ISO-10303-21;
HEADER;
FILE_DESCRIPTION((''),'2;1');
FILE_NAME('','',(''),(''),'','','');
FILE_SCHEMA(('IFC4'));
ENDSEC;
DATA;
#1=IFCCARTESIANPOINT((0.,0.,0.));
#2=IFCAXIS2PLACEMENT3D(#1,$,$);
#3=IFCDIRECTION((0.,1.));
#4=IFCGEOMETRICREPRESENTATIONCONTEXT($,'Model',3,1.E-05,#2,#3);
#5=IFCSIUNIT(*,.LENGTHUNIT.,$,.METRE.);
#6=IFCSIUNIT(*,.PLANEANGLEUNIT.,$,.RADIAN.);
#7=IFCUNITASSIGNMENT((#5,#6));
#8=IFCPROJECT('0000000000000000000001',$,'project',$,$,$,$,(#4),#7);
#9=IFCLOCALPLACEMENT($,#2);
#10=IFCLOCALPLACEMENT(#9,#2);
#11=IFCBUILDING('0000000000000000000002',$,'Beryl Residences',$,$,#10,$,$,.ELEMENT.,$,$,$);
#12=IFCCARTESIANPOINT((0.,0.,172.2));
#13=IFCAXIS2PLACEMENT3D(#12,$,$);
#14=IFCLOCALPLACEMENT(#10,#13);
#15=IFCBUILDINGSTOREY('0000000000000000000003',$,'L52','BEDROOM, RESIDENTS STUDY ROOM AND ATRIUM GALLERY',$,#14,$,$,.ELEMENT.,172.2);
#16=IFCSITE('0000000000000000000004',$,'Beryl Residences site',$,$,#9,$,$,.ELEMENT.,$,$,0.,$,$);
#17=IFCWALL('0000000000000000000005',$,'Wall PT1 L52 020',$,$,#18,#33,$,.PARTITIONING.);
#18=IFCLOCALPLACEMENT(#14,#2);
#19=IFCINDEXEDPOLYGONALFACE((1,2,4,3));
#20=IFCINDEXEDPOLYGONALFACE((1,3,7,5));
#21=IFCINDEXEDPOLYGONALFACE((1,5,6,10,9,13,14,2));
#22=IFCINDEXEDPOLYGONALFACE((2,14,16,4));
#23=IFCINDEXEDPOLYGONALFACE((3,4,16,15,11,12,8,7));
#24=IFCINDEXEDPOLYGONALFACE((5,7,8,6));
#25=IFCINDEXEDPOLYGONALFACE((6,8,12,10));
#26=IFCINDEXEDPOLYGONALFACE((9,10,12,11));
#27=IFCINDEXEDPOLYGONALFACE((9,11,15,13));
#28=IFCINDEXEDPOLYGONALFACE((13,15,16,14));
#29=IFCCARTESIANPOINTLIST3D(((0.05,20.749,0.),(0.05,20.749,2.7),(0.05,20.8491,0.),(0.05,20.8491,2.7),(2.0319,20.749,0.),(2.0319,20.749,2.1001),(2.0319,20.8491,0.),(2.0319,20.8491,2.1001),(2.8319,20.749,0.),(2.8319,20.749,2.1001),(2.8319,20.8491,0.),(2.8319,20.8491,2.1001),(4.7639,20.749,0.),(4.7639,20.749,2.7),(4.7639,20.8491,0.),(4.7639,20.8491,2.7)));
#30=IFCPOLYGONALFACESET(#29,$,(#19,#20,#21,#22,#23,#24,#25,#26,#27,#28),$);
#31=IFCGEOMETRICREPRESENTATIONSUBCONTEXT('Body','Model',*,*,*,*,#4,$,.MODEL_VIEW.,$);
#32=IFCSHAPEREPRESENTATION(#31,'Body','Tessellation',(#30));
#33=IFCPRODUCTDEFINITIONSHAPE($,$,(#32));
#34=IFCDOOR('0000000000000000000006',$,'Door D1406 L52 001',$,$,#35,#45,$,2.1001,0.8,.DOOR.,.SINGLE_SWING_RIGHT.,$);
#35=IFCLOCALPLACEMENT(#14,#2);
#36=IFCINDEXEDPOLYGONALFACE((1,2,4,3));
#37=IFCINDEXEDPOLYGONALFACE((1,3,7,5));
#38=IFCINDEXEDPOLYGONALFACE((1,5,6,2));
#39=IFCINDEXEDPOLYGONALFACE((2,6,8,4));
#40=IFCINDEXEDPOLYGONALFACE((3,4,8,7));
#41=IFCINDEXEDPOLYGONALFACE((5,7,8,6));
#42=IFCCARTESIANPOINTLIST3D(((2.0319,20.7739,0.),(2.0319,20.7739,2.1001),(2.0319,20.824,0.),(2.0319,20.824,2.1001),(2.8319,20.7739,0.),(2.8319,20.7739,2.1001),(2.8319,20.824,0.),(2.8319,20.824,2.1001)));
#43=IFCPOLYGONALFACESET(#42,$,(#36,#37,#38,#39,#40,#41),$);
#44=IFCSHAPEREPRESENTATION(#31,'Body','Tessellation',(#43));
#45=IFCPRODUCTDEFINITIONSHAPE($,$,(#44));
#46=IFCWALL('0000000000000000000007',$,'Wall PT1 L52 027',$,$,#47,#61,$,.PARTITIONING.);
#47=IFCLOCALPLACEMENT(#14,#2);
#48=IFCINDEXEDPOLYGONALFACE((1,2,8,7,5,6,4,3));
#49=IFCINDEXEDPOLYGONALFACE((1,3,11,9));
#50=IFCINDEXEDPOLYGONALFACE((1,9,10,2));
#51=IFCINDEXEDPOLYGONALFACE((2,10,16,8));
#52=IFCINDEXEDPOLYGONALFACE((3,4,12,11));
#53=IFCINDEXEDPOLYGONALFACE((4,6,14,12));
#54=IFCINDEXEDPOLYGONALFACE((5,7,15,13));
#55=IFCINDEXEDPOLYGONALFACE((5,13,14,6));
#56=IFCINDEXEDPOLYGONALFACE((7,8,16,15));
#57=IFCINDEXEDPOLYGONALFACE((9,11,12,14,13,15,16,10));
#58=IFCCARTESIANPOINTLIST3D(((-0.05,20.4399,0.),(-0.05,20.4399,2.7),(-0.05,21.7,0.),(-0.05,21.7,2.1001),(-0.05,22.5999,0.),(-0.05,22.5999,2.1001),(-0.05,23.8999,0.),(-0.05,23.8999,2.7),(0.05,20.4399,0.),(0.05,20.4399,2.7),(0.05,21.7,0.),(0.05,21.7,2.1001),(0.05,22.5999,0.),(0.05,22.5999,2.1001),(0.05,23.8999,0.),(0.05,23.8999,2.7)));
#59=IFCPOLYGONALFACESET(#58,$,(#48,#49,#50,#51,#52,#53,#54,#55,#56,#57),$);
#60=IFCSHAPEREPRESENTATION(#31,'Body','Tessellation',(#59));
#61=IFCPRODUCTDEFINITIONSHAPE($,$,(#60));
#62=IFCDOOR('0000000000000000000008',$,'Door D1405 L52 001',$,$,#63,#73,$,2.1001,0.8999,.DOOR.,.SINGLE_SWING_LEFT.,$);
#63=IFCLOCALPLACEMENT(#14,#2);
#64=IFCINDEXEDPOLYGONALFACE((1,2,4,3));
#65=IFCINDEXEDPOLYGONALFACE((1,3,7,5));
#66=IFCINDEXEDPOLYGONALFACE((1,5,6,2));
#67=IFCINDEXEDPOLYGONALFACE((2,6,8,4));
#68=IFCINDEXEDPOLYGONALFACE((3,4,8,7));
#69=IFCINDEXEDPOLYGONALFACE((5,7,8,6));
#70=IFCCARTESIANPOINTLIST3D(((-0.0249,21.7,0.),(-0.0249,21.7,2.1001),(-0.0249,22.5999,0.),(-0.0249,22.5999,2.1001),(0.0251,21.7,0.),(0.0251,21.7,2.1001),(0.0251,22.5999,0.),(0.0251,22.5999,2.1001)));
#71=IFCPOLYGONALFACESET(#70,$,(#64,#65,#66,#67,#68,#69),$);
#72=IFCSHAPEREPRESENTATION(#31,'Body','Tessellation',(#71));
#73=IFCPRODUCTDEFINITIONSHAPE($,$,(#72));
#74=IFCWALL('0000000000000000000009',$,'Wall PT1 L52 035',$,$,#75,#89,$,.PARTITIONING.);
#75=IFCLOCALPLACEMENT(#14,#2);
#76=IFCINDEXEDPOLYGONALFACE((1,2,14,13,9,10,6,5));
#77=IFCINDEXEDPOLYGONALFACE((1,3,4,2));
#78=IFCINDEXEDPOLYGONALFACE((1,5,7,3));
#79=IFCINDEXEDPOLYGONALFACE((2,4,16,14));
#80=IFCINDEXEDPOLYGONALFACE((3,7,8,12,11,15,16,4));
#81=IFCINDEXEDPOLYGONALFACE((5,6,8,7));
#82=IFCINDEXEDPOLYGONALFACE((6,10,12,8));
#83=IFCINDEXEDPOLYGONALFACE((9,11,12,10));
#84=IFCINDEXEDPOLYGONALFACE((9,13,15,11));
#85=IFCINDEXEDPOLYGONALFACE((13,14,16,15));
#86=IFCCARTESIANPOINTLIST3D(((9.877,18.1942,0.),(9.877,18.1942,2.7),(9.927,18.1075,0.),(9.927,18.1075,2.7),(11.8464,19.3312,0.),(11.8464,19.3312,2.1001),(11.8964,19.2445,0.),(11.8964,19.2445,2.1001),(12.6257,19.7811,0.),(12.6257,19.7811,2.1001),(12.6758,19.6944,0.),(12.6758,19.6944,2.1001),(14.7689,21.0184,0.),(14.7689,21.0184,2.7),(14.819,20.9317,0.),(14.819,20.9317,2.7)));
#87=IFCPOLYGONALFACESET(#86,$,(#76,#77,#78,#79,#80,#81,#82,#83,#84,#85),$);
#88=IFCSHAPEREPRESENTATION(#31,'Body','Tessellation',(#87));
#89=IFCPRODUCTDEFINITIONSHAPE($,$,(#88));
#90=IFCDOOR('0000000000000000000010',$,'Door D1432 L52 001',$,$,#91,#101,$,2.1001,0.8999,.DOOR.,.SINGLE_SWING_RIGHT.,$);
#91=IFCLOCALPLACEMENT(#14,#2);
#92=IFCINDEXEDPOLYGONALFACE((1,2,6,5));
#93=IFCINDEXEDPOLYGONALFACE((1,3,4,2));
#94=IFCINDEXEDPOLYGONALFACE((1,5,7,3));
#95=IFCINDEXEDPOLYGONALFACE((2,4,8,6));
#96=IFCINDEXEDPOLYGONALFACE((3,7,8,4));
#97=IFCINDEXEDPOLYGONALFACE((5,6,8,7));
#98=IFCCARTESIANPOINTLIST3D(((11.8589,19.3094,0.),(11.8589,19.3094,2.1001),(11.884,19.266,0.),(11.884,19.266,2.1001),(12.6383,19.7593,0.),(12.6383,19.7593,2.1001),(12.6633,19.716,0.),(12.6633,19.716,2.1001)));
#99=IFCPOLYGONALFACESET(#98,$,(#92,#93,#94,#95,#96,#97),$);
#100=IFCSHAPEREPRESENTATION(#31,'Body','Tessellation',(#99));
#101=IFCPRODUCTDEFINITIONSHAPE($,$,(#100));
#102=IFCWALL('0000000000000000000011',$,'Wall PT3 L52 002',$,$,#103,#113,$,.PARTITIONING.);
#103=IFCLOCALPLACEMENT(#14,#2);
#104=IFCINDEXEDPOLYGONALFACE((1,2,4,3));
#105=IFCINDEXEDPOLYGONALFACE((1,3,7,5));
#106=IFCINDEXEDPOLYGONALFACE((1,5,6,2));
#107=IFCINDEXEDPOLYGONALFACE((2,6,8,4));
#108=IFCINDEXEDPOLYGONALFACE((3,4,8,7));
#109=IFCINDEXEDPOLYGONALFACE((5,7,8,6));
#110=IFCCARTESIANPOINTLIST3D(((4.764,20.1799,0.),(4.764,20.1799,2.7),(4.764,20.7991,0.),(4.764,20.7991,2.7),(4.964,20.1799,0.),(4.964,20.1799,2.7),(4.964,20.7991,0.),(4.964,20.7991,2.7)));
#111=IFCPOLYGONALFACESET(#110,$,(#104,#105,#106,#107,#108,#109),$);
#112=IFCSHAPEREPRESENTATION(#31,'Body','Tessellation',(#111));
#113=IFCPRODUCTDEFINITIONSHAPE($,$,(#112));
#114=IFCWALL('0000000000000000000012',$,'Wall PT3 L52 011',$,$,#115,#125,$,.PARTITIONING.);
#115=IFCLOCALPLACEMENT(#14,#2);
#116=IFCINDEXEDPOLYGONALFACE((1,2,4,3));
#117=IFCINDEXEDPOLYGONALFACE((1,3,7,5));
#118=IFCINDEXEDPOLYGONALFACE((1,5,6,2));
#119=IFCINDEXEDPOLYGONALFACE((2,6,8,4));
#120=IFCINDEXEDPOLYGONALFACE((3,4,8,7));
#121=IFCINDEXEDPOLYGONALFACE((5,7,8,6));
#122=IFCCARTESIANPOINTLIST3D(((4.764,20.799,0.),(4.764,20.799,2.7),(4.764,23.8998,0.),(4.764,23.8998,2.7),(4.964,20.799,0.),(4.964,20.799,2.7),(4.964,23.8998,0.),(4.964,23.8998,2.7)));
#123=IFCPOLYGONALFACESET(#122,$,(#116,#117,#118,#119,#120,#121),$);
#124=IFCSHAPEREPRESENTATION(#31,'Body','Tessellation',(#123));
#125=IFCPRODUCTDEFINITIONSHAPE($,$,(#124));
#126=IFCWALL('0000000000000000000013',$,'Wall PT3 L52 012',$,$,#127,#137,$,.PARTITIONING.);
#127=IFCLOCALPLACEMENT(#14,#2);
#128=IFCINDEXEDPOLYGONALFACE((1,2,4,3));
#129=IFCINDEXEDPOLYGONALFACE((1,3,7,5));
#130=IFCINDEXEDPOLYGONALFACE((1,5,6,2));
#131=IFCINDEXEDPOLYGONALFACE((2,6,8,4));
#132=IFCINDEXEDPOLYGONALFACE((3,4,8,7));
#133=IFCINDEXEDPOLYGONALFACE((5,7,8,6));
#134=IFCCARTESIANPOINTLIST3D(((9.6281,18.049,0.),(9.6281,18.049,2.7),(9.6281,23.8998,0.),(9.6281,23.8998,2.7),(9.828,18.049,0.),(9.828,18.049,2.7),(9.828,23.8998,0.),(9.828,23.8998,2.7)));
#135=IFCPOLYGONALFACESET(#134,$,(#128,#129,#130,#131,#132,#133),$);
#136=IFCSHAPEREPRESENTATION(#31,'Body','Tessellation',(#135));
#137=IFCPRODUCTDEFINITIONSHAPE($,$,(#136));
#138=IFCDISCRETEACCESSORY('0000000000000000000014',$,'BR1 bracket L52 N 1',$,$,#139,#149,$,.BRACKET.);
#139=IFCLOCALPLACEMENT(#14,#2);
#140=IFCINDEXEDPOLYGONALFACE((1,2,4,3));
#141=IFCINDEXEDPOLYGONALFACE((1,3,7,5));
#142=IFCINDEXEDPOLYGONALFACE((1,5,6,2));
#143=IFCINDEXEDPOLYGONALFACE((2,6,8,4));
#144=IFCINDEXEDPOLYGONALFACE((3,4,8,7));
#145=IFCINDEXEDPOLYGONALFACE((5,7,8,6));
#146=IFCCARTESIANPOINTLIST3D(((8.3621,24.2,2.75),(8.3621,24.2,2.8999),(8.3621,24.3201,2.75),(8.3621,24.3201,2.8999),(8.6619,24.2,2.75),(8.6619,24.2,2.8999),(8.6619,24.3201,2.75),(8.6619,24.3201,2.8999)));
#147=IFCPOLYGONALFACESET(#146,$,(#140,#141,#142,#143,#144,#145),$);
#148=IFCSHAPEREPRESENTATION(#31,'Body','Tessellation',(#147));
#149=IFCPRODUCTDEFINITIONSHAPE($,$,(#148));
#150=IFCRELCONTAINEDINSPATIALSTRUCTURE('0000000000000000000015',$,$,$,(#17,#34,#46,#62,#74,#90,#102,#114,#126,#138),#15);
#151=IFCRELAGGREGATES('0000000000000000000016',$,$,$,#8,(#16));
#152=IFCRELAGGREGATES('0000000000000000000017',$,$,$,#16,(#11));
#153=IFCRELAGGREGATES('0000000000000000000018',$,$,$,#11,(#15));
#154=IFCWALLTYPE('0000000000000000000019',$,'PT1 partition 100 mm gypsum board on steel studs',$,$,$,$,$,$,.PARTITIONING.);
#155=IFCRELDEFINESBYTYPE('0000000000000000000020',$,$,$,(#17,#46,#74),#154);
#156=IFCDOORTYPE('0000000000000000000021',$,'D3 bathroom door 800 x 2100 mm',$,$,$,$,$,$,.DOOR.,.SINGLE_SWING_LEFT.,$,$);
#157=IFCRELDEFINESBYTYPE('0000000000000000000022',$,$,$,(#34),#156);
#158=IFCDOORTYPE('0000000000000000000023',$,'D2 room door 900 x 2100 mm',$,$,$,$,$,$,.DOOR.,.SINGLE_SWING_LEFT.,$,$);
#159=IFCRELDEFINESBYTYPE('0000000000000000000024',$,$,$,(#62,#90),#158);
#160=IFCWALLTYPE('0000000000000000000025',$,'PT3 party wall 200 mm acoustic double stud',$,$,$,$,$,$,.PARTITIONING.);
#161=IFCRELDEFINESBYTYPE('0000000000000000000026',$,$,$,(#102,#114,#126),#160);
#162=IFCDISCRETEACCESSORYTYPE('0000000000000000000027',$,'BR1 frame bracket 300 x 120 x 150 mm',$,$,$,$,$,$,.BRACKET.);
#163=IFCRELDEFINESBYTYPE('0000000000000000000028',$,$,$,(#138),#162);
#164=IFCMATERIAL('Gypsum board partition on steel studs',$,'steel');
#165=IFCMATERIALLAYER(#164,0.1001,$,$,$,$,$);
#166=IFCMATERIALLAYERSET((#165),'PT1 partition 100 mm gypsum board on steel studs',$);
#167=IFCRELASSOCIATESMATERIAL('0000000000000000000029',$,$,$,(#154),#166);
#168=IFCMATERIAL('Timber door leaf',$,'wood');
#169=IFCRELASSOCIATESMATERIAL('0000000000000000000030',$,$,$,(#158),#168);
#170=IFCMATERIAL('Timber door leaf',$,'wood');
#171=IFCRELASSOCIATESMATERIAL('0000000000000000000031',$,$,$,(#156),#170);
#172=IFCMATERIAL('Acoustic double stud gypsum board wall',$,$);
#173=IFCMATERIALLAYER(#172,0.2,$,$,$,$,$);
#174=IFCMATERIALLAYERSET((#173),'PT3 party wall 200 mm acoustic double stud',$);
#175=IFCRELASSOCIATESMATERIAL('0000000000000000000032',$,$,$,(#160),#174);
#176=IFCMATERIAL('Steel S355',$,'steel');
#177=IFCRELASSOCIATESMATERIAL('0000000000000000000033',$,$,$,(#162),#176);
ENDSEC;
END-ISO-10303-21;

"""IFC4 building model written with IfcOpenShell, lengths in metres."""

from ifc_helpers import new_model, si_unit, direction, frame, frame_2d, origin, place, context, subcontext, project, spatial, polyline, rectangle, outline, extrude, source, transform, mapped, material, layer, layer_set, type_object, type_shapes, element, fill, save


model = new_model("IFC4")

# Units and contexts
model_context = context("Model", 3, precision=1e-05, world=origin(), true_north=direction((0.0, 1.0)))
body_context = subcontext(model_context, "Body", "Model", "MODEL_VIEW")
ifc_project = project(units=[si_unit("LENGTHUNIT", "METRE"), si_unit("PLANEANGLEUNIT", "RADIAN")], contexts=[model_context])

# Site, building, storey
site_placement = place(None, origin())
site = spatial("IfcSite", under=ifc_project, at=site_placement, Name="Beryl Residences site", CompositionType="ELEMENT", RefElevation=0.0)
building_placement = place(site_placement, origin())
building = spatial("IfcBuilding", under=site, at=building_placement, Name="Beryl Residences", CompositionType="ELEMENT")
storey_placement = place(building_placement, frame((0.0, 0.0, 172.2)))
storey = spatial("IfcBuildingStorey", under=building, at=storey_placement, Name="L52", Description="BEDROOM, RESIDENTS STUDY ROOM AND ATRIUM GALLERY", CompositionType="ELEMENT", Elevation=172.2)

# Shared definitions
ifc_material_1 = material(Name="Gypsum board partition on steel studs", Category="steel")
ifc_layer_1 = layer(ifc_material_1, 0.1001)
ifc_layer_set_1 = layer_set([ifc_layer_1], Name="PT1 partition 100 mm gypsum board on steel studs")
wall_type_1 = type_object("IfcWallType", Name="PT1 partition 100 mm gypsum board on steel studs", PredefinedType="PARTITIONING", material=ifc_layer_set_1)
ifc_material_2 = material(Name="Timber door leaf", Category="wood")
door_type_1 = type_object("IfcDoorType", Name="D2 room door 900 x 2100 mm", OperationType="SINGLE_SWING_LEFT", PredefinedType="DOOR", material=ifc_material_2)

# Walls, openings, doors
wall_1_placement = place(storey_placement, frame((0.05, 20.7991, 0.0), z_axis=(0.0, 0.0, 1.0), x_axis=(1.0, 0.0, 0.0)))
wall_1 = element("IfcWall", 1, at=wall_1_placement, inside=storey, type_object=wall_type_1, Name="Wall PT1 L52 020", PredefinedType="PARTITIONING", context=body_context, shape_type="SweptSolid", body=[
    extrude(rectangle(XDim=4.7139, YDim=0.1001, at=frame_2d((2.3569, 0.0))), origin(), (0.0, 0.0, 1.0), 2.7),
])
opening_1_placement = place(wall_1_placement, frame((1.9819, 0.0, 0.0)))
opening_1 = element("IfcOpeningElement", 2, at=opening_1_placement, cuts=wall_1, PredefinedType="OPENING", context=body_context, shape_type="SweptSolid", body=[
    extrude(rectangle(XDim=0.8, YDim=2.1001, at=frame_2d((0.3999, 1.05))), frame((0.0, 0.0601, 0.0), z_axis=(0.0, -1.0, 0.0), x_axis=(1.0, 0.0, 0.0)), (0.0, 0.0, 1.0), 0.1201),
])
ifc_material_3 = material(Name="Timber door leaf", Category="wood")
door_type_2 = type_object("IfcDoorType", Name="D3 bathroom door 800 x 2100 mm", OperationType="SINGLE_SWING_LEFT", PredefinedType="DOOR", material=ifc_material_3)
door_1_placement = place(opening_1_placement, origin())
door_1 = element("IfcDoor", 3, at=door_1_placement, inside=storey, type_object=door_type_2, Name="Door D1406 L52 001", OperationType="SINGLE_SWING_RIGHT", OverallHeight=2.1001, OverallWidth=0.8, PredefinedType="DOOR", context=body_context, shape_type="SweptSolid", body=[
    extrude(rectangle(XDim=0.8, YDim=2.1001, at=frame_2d((0.3999, 1.05))), frame((0.0, 0.0249, 0.0), z_axis=(0.0, -1.0, 0.0), x_axis=(1.0, 0.0, 0.0)), (0.0, 0.0, 1.0), 0.05),
])
fill(opening_1, door_1)
wall_2_placement = place(storey_placement, frame((0.0, 20.4399, 0.0), z_axis=(0.0, 0.0, 1.0), x_axis=(0.0, 1.0, 0.0)))
wall_2 = element("IfcWall", 4, at=wall_2_placement, inside=storey, type_object=wall_type_1, Name="Wall PT1 L52 027", PredefinedType="PARTITIONING", context=body_context, shape_type="SweptSolid", body=[
    extrude(rectangle(XDim=3.46, YDim=0.1001, at=frame_2d((1.73, 0.0))), origin(), (0.0, 0.0, 1.0), 2.7),
])
opening_2_placement = place(wall_2_placement, frame((1.26, 0.0, 0.0)))
opening_2 = element("IfcOpeningElement", 5, at=opening_2_placement, cuts=wall_2, PredefinedType="OPENING", context=body_context, shape_type="SweptSolid", body=[
    extrude(rectangle(XDim=0.8999, YDim=2.1001, at=frame_2d((0.45, 1.05))), frame((0.0, 0.0601, 0.0), z_axis=(0.0, -1.0, 0.0), x_axis=(1.0, 0.0, 0.0)), (0.0, 0.0, 1.0), 0.1201),
])
door_2_placement = place(opening_2_placement, origin())
door_2 = element("IfcDoor", 6, at=door_2_placement, inside=storey, type_object=door_type_1, Name="Door D1405 L52 001", OperationType="SINGLE_SWING_LEFT", OverallHeight=2.1001, OverallWidth=0.8999, PredefinedType="DOOR", context=body_context, shape_type="SweptSolid", body=[
    extrude(rectangle(XDim=0.8999, YDim=2.1001, at=frame_2d((0.45, 1.05))), frame((0.0, 0.0249, 0.0), z_axis=(0.0, -1.0, 0.0), x_axis=(1.0, 0.0, 0.0)), (0.0, 0.0, 1.0), 0.05),
])
fill(opening_2, door_2)
wall_3_placement = place(storey_placement, frame((9.9021, 18.1509, 0.0), z_axis=(0.0, 0.0, 1.0), x_axis=(0.866032, 0.499988, 0.0)))
wall_3 = element("IfcWall", 7, at=wall_3_placement, inside=storey, type_object=wall_type_1, Name="Wall PT1 L52 035", PredefinedType="PARTITIONING", context=body_context, shape_type="SweptSolid", body=[
    extrude(rectangle(XDim=5.6487, YDim=0.1001, at=frame_2d((2.8242, 0.0))), origin(), (0.0, 0.0, 1.0), 2.7),
])
opening_3_placement = place(wall_3_placement, frame((2.2739, 0.0, 0.0)))
opening_3 = element("IfcOpeningElement", 8, at=opening_3_placement, cuts=wall_3, PredefinedType="OPENING", context=body_context, shape_type="SweptSolid", body=[
    extrude(rectangle(XDim=0.8999, YDim=2.1001, at=frame_2d((0.45, 1.05))), frame((0.0, 0.0601, 0.0), z_axis=(0.0, -1.0, 0.0), x_axis=(1.0, 0.0, 0.0)), (0.0, 0.0, 1.0), 0.1201),
])
door_3_placement = place(opening_3_placement, origin())
door_3 = element("IfcDoor", 9, at=door_3_placement, inside=storey, type_object=door_type_1, Name="Door D1432 L52 001", OperationType="SINGLE_SWING_RIGHT", OverallHeight=2.1001, OverallWidth=0.8999, PredefinedType="DOOR", context=body_context, shape_type="SweptSolid", body=[
    extrude(rectangle(XDim=0.8999, YDim=2.1001, at=frame_2d((0.45, 1.05))), frame((0.0, 0.0249, 0.0), z_axis=(0.0, -1.0, 0.0), x_axis=(1.0, 0.0, 0.0)), (0.0, 0.0, 1.0), 0.05),
])
fill(opening_3, door_3)

# Walls
ifc_material_4 = material(Name="Acoustic double stud gypsum board wall")
ifc_layer_2 = layer(ifc_material_4, 0.2)
ifc_layer_set_2 = layer_set([ifc_layer_2], Name="PT3 party wall 200 mm acoustic double stud")
wall_type_2 = type_object("IfcWallType", Name="PT3 party wall 200 mm acoustic double stud", PredefinedType="PARTITIONING", material=ifc_layer_set_2)
wall_4_placement = place(storey_placement, frame((4.864, 20.7991, 0.0), z_axis=(0.0, 0.0, 1.0), x_axis=(0.0, -1.0, 0.0)))
element("IfcWall", 10, at=wall_4_placement, inside=storey, type_object=wall_type_2, Name="Wall PT3 L52 002", PredefinedType="PARTITIONING", context=body_context, shape_type="SweptSolid", body=[
    extrude(rectangle(XDim=0.6191, YDim=0.2, at=frame_2d((0.3096, 0.0))), origin(), (0.0, 0.0, 1.0), 2.7),
])
wall_5_placement = place(storey_placement, frame((4.864, 20.7991, 0.0), z_axis=(0.0, 0.0, 1.0), x_axis=(0.0, 1.0, 0.0)))
element("IfcWall", 11, at=wall_5_placement, inside=storey, type_object=wall_type_2, Name="Wall PT3 L52 011", PredefinedType="PARTITIONING", context=body_context, shape_type="SweptSolid", body=[
    extrude(rectangle(XDim=3.1008, YDim=0.2, at=frame_2d((1.5503, 0.0))), origin(), (0.0, 0.0, 1.0), 2.7),
])
wall_6_placement = place(storey_placement, frame((9.728, 18.0491, 0.0), z_axis=(0.0, 0.0, 1.0), x_axis=(0.0, 1.0, 0.0)))
element("IfcWall", 12, at=wall_6_placement, inside=storey, type_object=wall_type_2, Name="Wall PT3 L52 012", PredefinedType="PARTITIONING", context=body_context, shape_type="SweptSolid", body=[
    extrude(rectangle(XDim=5.8508, YDim=0.2, at=frame_2d((2.9253, 0.0))), origin(), (0.0, 0.0, 1.0), 2.7),
])

# Discrete accessory
ifc_material_5 = material(Name="Steel S355", Category="steel")
discrete_accessory_type = type_object("IfcDiscreteAccessoryType", Name="BR1 frame bracket 300 x 120 x 150 mm", PredefinedType="BRACKET", material=ifc_material_5)
shared_shape_1 = source(origin(), body_context, "Body", "SweptSolid", [
    extrude(outline(polyline([(-0.1499, 0.0), (0.1499, 0.0), (0.1499, 0.1201), (-0.1499, 0.1201), (-0.1499, 0.0)])), origin(), (0.0, 0.0, 1.0), 0.1499),
])
type_shapes(discrete_accessory_type, [shared_shape_1])
discrete_accessory_placement = place(storey_placement, frame((8.512, 24.2, 2.75), z_axis=(0.0, 0.0, 1.0), x_axis=(1.0, 0.0, 0.0)))
element("IfcDiscreteAccessory", 13, at=discrete_accessory_placement, inside=storey, type_object=discrete_accessory_type, Name="BR1 bracket L52 N 1", PredefinedType="BRACKET", context=body_context, shape_type="MappedRepresentation", body=[
    mapped(shared_shape_1, transform((0.0, 0.0, 0.0))),
])

save(model, "model.ifc")
